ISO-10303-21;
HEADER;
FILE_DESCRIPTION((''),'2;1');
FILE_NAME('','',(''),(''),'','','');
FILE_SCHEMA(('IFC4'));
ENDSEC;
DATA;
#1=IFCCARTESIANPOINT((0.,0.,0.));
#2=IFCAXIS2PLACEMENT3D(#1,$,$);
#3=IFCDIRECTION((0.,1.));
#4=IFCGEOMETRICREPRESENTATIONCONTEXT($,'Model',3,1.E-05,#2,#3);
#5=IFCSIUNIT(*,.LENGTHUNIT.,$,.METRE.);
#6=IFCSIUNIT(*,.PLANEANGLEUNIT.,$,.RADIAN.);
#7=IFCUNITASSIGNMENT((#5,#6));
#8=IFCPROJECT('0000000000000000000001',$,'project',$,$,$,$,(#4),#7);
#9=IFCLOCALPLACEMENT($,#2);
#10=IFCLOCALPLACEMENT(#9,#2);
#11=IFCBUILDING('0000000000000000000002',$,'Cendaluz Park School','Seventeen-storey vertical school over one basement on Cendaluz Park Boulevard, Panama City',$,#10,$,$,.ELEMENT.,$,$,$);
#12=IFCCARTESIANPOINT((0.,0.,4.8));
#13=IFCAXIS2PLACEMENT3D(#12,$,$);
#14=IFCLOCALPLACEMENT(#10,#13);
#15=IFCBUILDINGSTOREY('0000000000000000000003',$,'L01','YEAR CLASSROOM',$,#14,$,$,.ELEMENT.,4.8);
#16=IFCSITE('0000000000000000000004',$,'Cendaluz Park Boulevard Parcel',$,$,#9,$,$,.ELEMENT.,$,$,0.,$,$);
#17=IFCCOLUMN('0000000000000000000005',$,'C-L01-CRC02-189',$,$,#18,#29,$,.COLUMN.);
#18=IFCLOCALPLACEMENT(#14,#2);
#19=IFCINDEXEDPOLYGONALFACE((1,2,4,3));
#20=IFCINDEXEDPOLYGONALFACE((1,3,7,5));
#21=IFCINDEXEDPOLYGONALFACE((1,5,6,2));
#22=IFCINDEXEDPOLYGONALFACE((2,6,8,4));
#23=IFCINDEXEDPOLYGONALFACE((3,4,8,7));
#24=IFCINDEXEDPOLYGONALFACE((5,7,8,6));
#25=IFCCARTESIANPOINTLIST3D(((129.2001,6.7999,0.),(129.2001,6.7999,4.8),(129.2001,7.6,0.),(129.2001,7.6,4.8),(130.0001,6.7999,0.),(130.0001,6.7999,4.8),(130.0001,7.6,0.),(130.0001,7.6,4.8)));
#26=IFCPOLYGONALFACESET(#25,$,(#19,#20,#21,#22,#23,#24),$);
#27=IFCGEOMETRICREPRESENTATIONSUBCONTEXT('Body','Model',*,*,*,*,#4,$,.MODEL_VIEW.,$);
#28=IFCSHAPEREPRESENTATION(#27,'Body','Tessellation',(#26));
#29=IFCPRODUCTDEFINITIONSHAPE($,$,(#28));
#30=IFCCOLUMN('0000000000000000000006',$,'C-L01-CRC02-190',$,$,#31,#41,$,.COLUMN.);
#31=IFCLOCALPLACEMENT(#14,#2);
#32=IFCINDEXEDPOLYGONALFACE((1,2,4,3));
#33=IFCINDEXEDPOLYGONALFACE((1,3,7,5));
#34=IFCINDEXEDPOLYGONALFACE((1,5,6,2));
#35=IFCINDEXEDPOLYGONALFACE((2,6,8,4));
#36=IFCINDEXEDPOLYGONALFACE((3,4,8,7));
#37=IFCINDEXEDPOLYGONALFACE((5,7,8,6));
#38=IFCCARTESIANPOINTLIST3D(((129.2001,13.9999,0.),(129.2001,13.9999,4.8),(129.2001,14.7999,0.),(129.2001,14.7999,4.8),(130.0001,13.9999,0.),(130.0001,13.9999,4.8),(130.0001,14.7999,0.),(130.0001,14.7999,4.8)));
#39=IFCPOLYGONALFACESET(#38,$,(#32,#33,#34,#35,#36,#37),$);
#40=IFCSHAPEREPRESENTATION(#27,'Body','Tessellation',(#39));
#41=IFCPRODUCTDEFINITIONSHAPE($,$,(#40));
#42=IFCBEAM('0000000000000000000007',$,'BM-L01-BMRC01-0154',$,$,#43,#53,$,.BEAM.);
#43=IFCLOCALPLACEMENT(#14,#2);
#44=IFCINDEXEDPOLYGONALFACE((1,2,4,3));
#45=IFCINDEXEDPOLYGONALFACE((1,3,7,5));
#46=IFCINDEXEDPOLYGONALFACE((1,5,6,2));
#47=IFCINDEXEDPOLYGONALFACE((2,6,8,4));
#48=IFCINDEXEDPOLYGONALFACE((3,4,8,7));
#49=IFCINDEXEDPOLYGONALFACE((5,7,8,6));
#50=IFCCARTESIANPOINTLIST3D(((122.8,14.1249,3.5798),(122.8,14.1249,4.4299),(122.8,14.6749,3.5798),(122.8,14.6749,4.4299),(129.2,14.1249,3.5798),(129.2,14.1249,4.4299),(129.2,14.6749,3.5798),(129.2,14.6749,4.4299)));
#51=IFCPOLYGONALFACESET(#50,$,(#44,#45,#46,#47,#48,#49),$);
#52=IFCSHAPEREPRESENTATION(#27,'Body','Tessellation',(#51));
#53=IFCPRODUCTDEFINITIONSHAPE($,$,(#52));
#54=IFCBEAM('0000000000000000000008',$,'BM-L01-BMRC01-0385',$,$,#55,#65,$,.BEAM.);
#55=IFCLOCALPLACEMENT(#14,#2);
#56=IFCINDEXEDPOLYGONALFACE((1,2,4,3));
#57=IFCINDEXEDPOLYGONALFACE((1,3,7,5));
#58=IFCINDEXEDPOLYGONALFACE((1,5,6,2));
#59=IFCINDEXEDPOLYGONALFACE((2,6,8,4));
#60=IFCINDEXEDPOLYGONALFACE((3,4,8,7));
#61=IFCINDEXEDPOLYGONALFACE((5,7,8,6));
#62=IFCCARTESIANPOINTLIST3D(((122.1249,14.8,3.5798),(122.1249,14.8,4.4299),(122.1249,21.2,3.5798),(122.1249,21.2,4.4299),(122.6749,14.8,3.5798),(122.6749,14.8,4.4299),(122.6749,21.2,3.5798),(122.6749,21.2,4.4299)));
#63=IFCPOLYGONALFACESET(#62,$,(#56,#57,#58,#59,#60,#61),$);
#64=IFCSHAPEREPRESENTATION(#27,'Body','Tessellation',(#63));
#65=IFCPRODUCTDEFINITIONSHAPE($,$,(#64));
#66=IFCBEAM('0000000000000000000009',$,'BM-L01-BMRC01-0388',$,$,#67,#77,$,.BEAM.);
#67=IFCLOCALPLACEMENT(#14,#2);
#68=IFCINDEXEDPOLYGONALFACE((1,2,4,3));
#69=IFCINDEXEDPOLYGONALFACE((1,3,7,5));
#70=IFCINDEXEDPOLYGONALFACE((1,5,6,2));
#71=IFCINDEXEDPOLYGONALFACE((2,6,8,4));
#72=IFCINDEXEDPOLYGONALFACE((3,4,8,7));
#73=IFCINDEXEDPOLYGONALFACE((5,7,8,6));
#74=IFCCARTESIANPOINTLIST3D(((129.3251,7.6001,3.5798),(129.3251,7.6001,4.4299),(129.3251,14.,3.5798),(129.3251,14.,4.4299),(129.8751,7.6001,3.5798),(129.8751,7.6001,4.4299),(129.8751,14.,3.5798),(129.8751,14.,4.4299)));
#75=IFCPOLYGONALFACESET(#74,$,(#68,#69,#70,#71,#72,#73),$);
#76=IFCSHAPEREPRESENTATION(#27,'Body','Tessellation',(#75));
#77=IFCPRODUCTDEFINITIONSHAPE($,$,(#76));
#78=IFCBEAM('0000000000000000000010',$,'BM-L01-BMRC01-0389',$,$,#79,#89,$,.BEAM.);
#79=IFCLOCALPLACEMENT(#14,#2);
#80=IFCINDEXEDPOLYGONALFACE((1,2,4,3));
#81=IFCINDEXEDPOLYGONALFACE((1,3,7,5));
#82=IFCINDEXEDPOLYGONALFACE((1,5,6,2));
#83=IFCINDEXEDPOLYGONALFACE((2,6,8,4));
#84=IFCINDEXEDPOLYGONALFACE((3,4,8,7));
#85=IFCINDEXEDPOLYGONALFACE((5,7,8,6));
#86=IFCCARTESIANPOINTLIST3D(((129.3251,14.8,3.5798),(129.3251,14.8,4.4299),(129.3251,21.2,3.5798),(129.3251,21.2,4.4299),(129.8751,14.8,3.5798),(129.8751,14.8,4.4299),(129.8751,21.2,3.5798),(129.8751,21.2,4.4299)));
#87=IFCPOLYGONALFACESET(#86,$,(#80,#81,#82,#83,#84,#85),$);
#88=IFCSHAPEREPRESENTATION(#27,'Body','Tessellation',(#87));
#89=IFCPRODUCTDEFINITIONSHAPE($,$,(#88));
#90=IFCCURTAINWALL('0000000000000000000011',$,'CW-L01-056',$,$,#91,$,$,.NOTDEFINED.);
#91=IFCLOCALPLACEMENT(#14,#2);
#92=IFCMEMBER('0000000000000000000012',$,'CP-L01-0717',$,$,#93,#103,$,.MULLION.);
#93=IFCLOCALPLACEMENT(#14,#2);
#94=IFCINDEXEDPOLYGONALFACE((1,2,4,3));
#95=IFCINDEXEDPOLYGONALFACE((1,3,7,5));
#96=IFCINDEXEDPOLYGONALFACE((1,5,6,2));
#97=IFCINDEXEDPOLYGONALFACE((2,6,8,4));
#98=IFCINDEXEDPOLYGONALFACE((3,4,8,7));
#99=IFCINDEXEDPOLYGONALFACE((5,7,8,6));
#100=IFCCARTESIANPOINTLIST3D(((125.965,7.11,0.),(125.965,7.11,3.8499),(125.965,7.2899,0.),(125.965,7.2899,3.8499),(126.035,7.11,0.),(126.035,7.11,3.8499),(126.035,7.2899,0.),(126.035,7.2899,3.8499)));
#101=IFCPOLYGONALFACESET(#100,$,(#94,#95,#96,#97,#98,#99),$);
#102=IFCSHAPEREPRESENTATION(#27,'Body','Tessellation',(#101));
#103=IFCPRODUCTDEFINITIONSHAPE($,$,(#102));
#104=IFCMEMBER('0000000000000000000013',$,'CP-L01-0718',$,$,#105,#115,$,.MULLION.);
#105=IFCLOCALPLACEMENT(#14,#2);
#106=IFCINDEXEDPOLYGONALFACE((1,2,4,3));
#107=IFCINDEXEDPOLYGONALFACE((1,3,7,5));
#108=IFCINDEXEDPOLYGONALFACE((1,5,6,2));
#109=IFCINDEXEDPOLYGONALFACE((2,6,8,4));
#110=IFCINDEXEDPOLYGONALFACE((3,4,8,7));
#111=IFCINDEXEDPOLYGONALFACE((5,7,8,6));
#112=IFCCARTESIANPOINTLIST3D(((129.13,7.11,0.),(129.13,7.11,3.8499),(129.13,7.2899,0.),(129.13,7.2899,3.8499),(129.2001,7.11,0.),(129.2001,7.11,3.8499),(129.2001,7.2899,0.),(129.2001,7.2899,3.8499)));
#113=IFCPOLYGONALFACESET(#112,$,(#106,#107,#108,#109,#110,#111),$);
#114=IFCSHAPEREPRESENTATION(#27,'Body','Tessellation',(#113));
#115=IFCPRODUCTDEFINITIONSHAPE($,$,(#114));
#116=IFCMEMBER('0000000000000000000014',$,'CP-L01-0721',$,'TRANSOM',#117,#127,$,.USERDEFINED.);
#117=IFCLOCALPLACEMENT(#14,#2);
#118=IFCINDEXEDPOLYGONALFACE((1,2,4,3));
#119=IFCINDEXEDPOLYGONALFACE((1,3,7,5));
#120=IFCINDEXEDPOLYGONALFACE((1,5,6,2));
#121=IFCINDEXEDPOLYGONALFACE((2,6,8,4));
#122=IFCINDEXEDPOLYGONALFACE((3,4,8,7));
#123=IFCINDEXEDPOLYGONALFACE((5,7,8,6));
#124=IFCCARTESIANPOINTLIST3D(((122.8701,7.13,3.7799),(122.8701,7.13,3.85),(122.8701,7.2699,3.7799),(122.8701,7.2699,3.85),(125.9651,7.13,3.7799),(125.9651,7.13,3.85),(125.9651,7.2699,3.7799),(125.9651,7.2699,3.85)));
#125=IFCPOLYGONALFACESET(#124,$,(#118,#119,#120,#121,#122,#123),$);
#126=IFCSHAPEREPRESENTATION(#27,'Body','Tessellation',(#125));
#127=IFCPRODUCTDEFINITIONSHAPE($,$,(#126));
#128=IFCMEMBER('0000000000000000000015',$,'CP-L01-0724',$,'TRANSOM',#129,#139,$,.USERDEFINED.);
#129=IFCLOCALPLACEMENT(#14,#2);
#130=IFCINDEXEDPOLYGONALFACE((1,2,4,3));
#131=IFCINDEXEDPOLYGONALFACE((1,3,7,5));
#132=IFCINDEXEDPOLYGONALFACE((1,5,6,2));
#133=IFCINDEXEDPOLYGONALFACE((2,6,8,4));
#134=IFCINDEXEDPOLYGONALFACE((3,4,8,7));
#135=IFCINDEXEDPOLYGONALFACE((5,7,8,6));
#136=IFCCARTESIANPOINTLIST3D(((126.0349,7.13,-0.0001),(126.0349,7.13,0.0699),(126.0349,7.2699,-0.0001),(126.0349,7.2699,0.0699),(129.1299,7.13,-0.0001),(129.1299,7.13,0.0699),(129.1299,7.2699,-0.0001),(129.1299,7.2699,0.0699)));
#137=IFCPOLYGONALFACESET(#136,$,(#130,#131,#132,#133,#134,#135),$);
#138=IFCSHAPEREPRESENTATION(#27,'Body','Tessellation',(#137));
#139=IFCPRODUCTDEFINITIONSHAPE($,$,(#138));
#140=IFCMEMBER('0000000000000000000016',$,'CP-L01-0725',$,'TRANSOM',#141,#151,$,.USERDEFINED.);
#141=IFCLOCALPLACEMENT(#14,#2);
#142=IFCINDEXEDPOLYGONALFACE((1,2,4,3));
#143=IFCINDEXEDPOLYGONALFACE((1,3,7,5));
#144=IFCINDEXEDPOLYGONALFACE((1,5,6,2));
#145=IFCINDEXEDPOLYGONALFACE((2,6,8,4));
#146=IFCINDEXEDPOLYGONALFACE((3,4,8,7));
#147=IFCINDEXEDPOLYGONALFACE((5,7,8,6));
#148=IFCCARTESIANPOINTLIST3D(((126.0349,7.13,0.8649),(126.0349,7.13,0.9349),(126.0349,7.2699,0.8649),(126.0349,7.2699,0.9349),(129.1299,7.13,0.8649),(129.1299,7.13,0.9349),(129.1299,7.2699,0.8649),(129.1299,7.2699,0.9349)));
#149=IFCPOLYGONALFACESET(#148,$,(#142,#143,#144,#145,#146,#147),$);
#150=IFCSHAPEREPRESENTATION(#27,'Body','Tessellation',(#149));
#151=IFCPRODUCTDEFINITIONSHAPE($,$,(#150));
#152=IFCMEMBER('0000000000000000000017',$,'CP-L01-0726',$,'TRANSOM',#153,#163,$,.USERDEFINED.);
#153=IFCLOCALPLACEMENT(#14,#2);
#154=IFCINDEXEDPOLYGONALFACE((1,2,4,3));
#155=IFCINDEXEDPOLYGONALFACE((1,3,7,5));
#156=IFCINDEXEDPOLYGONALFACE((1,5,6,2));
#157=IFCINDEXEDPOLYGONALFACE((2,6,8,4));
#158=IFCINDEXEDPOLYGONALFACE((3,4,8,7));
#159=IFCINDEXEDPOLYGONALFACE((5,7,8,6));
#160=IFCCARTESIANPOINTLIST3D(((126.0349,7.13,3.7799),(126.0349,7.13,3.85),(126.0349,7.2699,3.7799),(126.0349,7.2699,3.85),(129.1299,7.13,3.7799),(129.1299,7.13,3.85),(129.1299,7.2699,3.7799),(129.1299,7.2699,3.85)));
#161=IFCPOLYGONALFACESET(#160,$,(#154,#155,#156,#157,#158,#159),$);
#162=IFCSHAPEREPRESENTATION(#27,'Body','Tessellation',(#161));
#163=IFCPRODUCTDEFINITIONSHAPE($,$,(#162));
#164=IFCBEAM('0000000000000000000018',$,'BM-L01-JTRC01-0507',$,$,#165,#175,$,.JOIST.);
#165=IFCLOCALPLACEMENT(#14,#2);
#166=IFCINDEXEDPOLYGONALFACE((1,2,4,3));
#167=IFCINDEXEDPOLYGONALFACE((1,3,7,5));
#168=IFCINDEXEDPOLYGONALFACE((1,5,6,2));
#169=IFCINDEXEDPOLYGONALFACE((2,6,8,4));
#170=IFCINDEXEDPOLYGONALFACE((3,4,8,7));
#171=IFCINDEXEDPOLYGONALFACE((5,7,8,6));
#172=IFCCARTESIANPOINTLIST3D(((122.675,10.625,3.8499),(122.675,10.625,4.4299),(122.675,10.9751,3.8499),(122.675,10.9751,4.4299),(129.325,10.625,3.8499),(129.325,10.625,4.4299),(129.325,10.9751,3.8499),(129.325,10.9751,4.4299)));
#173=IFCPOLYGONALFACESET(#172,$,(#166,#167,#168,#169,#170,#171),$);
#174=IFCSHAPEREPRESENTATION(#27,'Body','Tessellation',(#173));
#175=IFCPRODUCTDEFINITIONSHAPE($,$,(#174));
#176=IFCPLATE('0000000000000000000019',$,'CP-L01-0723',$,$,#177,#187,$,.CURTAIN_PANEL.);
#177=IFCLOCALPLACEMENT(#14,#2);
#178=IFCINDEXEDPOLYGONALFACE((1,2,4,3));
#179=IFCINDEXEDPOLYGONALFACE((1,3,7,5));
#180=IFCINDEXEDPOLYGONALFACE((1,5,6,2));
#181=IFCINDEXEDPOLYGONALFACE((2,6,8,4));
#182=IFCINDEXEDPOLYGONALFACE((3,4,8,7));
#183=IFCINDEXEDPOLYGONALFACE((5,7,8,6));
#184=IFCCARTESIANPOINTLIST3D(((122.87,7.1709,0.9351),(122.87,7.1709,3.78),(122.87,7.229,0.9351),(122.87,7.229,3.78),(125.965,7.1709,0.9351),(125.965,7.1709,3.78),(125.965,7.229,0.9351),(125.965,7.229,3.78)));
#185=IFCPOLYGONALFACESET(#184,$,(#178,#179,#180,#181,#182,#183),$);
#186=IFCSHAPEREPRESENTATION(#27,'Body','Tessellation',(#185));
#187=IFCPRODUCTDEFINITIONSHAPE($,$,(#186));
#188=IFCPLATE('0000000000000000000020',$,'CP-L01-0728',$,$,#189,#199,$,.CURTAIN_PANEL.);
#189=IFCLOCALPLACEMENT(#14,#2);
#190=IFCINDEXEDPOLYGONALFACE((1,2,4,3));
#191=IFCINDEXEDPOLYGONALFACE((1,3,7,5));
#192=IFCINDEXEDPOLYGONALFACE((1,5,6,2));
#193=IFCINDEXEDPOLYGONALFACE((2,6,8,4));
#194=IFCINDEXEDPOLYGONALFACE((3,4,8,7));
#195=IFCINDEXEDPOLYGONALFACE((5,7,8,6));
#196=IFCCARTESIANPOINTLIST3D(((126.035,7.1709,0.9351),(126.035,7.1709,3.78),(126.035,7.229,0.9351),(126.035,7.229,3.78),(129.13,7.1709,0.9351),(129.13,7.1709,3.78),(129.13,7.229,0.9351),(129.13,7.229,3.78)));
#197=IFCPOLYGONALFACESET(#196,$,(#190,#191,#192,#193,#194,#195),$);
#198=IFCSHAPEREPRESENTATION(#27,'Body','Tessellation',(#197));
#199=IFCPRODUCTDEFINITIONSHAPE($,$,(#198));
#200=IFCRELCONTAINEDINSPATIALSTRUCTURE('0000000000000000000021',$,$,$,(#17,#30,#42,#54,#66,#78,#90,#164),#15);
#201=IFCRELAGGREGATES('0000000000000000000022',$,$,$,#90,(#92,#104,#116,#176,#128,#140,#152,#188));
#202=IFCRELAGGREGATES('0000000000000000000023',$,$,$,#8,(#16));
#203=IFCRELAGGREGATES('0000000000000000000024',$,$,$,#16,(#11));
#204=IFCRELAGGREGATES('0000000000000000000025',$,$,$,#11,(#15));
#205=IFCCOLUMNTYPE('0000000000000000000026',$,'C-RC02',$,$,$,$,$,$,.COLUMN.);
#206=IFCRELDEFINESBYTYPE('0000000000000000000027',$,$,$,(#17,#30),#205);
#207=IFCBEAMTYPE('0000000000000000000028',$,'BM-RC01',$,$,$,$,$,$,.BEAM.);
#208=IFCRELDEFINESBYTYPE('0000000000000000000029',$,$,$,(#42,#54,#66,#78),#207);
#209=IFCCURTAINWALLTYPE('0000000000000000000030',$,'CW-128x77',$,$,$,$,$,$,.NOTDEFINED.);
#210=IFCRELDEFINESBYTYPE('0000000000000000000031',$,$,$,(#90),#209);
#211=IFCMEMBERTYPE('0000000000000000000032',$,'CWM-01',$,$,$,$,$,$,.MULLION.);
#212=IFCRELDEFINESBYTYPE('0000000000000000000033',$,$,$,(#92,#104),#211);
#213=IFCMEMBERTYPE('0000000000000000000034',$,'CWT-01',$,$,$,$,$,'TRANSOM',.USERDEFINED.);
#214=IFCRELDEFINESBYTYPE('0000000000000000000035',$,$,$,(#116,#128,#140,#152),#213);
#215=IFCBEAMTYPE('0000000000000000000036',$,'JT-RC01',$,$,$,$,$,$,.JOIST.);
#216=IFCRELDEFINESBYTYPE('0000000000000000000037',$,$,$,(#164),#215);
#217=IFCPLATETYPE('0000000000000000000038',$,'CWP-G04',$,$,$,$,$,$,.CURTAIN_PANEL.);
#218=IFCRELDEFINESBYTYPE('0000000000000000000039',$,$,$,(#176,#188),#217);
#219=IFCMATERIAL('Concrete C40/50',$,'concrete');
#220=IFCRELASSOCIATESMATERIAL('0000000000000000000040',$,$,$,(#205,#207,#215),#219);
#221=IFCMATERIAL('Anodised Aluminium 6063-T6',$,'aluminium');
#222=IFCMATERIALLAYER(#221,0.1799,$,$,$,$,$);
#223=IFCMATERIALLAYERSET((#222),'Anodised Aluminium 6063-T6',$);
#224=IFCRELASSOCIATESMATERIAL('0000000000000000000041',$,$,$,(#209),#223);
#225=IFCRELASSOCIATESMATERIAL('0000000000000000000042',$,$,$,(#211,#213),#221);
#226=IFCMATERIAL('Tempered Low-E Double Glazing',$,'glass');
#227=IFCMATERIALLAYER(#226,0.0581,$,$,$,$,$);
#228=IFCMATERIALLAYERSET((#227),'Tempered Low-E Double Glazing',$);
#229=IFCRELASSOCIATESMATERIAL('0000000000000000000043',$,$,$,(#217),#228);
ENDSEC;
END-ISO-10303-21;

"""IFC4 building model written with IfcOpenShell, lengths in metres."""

from ifc_helpers import new_model, si_unit, direction, frame, origin, origin_2d, place, context, subcontext, project, spatial, rectangle, extrude, material, layer, layer_set, material_profile, profile_set, type_object, element, aggregate, save


model = new_model("IFC4")

# Units and contexts
model_context = context("Model", 3, precision=1e-05, world=origin(), true_north=direction((0.0, 1.0)))
body_context = subcontext(model_context, "Body", "Model", "MODEL_VIEW")
ifc_project = project(units=[si_unit("LENGTHUNIT", "METRE"), si_unit("PLANEANGLEUNIT", "RADIAN")], contexts=[model_context])

# Site, building, storey
site_placement = place(None, origin())
site = spatial("IfcSite", under=ifc_project, at=site_placement, Name="Cendaluz Park Boulevard Parcel", CompositionType="ELEMENT", RefElevation=0.0)
building_placement = place(site_placement, origin())
building = spatial("IfcBuilding", under=site, at=building_placement, Name="Cendaluz Park School", Description="Seventeen-storey vertical school over one basement on Cendaluz Park Boulevard, Panama City", CompositionType="ELEMENT")
storey_placement = place(building_placement, frame((0.0, 0.0, 4.8)))
storey = spatial("IfcBuildingStorey", under=building, at=storey_placement, Name="L01", Description="YEAR CLASSROOM", CompositionType="ELEMENT", Elevation=4.8)

# Columns
ifc_material_1 = material(Name="Concrete C40/50", Category="concrete")
ifc_material_profile_1 = material_profile(ifc_material_1, rectangle(XDim=0.8, YDim=0.8, at=origin_2d()), Name="RC 800x800", Category="concrete")
ifc_profile_set_1 = profile_set([ifc_material_profile_1], Name="Concrete C40/50")
column_type = type_object("IfcColumnType", Name="C-RC02", PredefinedType="COLUMN", material=ifc_profile_set_1)
for number, where, z_axis, x_axis, name in (
    (1, (129.6001, 7.2, 0.0), (0.0, 0.0, 1.0), (1.0, 0.0, 0.0), "C-L01-CRC02-189"),
    (2, (129.6001, 14.3999, 0.0), (0.0, 0.0, 1.0), (1.0, 0.0, 0.0), "C-L01-CRC02-190"),
):
    element("IfcColumn", number, at=place(storey_placement, frame(where, z_axis=z_axis, x_axis=x_axis)), inside=storey, type_object=column_type, Name=name, PredefinedType="COLUMN", context=body_context, shape_type="SweptSolid", body=[
        extrude(rectangle(XDim=0.8, YDim=0.8, at=origin_2d()), origin(), (0.0, 0.0, 1.0), 4.8),
    ])

# Beams
ifc_material_profile_2 = material_profile(ifc_material_1, rectangle(XDim=0.55, YDim=0.8501, at=origin_2d()), Name="RC 550x850", Category="concrete")
ifc_profile_set_2 = profile_set([ifc_material_profile_2], Name="Concrete C40/50")
beam_type_1 = type_object("IfcBeamType", Name="BM-RC01", PredefinedType="BEAM", material=ifc_profile_set_2)
for number, where, z_axis, x_axis, name in (
    (3, (122.8, 14.3999, 4.0049), (1.0, 0.0, 0.0), (0.0, 1.0, 0.0), "BM-L01-BMRC01-0154"),
    (4, (122.3999, 14.8, 4.0049), (0.0, 1.0, 0.0), (-1.0, 0.0, 0.0), "BM-L01-BMRC01-0385"),
    (5, (129.6001, 7.6001, 4.0049), (0.0, 1.0, 0.0), (-1.0, 0.0, 0.0), "BM-L01-BMRC01-0388"),
    (6, (129.6001, 14.8, 4.0049), (0.0, 1.0, 0.0), (-1.0, 0.0, 0.0), "BM-L01-BMRC01-0389"),
):
    element("IfcBeam", number, at=place(storey_placement, frame(where, z_axis=z_axis, x_axis=x_axis)), inside=storey, type_object=beam_type_1, Name=name, PredefinedType="BEAM", context=body_context, shape_type="SweptSolid", body=[
        extrude(rectangle(XDim=0.55, YDim=0.8501, at=origin_2d()), origin(), (0.0, 0.0, 1.0), 6.3999),
    ])

# Curtain wall, members
ifc_material_2 = material(Name="Anodised Aluminium 6063-T6", Category="aluminium")
ifc_layer_1 = layer(ifc_material_2, 0.1799)
ifc_layer_set_1 = layer_set([ifc_layer_1], Name="Anodised Aluminium 6063-T6")
curtain_wall_type = type_object("IfcCurtainWallType", Name="CW-128x77", PredefinedType="NOTDEFINED", material=ifc_layer_set_1)
curtain_wall_placement = place(storey_placement, origin())
curtain_wall = element("IfcCurtainWall", 7, at=curtain_wall_placement, inside=storey, type_object=curtain_wall_type, Name="CW-L01-056", PredefinedType="NOTDEFINED")
ifc_material_profile_3 = material_profile(ifc_material_2, rectangle(XDim=0.1799, YDim=0.0701, at=origin_2d()), Name="CWM 180x70", Category="aluminium")
ifc_profile_set_3 = profile_set([ifc_material_profile_3], Name="Anodised Aluminium 6063-T6")
member_type_1 = type_object("IfcMemberType", Name="CWM-01", PredefinedType="MULLION", material=ifc_profile_set_3)
member_1_placement = place(storey_placement, frame((126.0, 7.2, 0.0), z_axis=(0.0, 0.0, 1.0), x_axis=(0.0, 1.0, 0.0)))
member_1 = element("IfcMember", 8, at=member_1_placement, type_object=member_type_1, Name="CP-L01-0717", PredefinedType="MULLION", context=body_context, shape_type="SweptSolid", body=[
    extrude(rectangle(XDim=0.1799, YDim=0.0701, at=origin_2d()), origin(), (0.0, 0.0, 1.0), 3.8499),
])
member_2_placement = place(storey_placement, frame((129.165, 7.2, 0.0), z_axis=(0.0, 0.0, 1.0), x_axis=(0.0, 1.0, 0.0)))
member_2 = element("IfcMember", 9, at=member_2_placement, type_object=member_type_1, Name="CP-L01-0718", PredefinedType="MULLION", context=body_context, shape_type="SweptSolid", body=[
    extrude(rectangle(XDim=0.1799, YDim=0.0701, at=origin_2d()), origin(), (0.0, 0.0, 1.0), 3.8499),
])
ifc_material_profile_4 = material_profile(ifc_material_2, rectangle(XDim=0.1399, YDim=0.0701, at=origin_2d()), Name="CWT 140x70", Category="aluminium")
ifc_profile_set_4 = profile_set([ifc_material_profile_4], Name="Anodised Aluminium 6063-T6")
member_type_2 = type_object("IfcMemberType", Name="CWT-01", ElementType="TRANSOM", PredefinedType="USERDEFINED", material=ifc_profile_set_4)
member_3_placement = place(storey_placement, frame((122.8701, 7.2, 3.8149), z_axis=(1.0, 0.0, 0.0), x_axis=(0.0, 1.0, 0.0)))
member_3 = element("IfcMember", 10, at=member_3_placement, type_object=member_type_2, Name="CP-L01-0721", ObjectType="TRANSOM", PredefinedType="USERDEFINED", context=body_context, shape_type="SweptSolid", body=[
    extrude(rectangle(XDim=0.1399, YDim=0.0701, at=origin_2d()), origin(), (0.0, 0.0, 1.0), 3.095),
])
member_4_placement = place(storey_placement, frame((126.0349, 7.2, 0.0349), z_axis=(1.0, 0.0, 0.0), x_axis=(0.0, 1.0, 0.0)))
member_4 = element("IfcMember", 11, at=member_4_placement, type_object=member_type_2, Name="CP-L01-0724", ObjectType="TRANSOM", PredefinedType="USERDEFINED", context=body_context, shape_type="SweptSolid", body=[
    extrude(rectangle(XDim=0.1399, YDim=0.0701, at=origin_2d()), origin(), (0.0, 0.0, 1.0), 3.095),
])
member_5_placement = place(storey_placement, frame((126.0349, 7.2, 0.8999), z_axis=(1.0, 0.0, 0.0), x_axis=(0.0, 1.0, 0.0)))
member_5 = element("IfcMember", 12, at=member_5_placement, type_object=member_type_2, Name="CP-L01-0725", ObjectType="TRANSOM", PredefinedType="USERDEFINED", context=body_context, shape_type="SweptSolid", body=[
    extrude(rectangle(XDim=0.1399, YDim=0.0701, at=origin_2d()), origin(), (0.0, 0.0, 1.0), 3.095),
])
member_6_placement = place(storey_placement, frame((126.0349, 7.2, 3.8149), z_axis=(1.0, 0.0, 0.0), x_axis=(0.0, 1.0, 0.0)))
member_6 = element("IfcMember", 13, at=member_6_placement, type_object=member_type_2, Name="CP-L01-0726", ObjectType="TRANSOM", PredefinedType="USERDEFINED", context=body_context, shape_type="SweptSolid", body=[
    extrude(rectangle(XDim=0.1399, YDim=0.0701, at=origin_2d()), origin(), (0.0, 0.0, 1.0), 3.095),
])

# Beam
ifc_material_profile_5 = material_profile(ifc_material_1, rectangle(XDim=0.3501, YDim=0.5801, at=origin_2d()), Name="RC 350x580", Category="concrete")
ifc_profile_set_5 = profile_set([ifc_material_profile_5], Name="Concrete C40/50")
beam_type_2 = type_object("IfcBeamType", Name="JT-RC01", PredefinedType="JOIST", material=ifc_profile_set_5)
beam_placement = place(storey_placement, frame((122.675, 10.8, 4.1399), z_axis=(1.0, 0.0, 0.0), x_axis=(0.0, 1.0, 0.0)))
element("IfcBeam", 14, at=beam_placement, inside=storey, type_object=beam_type_2, Name="BM-L01-JTRC01-0507", PredefinedType="JOIST", context=body_context, shape_type="SweptSolid", body=[
    extrude(rectangle(XDim=0.3501, YDim=0.5801, at=origin_2d()), origin(), (0.0, 0.0, 1.0), 6.6499),
])

# Plates
ifc_material_3 = material(Name="Tempered Low-E Double Glazing", Category="glass")
ifc_layer_2 = layer(ifc_material_3, 0.0581)
ifc_layer_set_2 = layer_set([ifc_layer_2], Name="Tempered Low-E Double Glazing")
plate_type_1 = type_object("IfcPlateType", Name="CWP-G04", PredefinedType="CURTAIN_PANEL", material=ifc_layer_set_2)
plate_1_placement = place(storey_placement, frame((124.4175, 7.2, 0.9351), z_axis=(0.0, 0.0, 1.0), x_axis=(1.0, 0.0, 0.0)))
plate_1 = element("IfcPlate", 15, at=plate_1_placement, type_object=plate_type_1, Name="CP-L01-0723", PredefinedType="CURTAIN_PANEL", context=body_context, shape_type="SweptSolid", body=[
    extrude(rectangle(XDim=3.095, YDim=0.0581, at=origin_2d()), origin(), (0.0, 0.0, 1.0), 2.845),
])
plate_2_placement = place(storey_placement, frame((127.5825, 7.2, 0.9351), z_axis=(0.0, 0.0, 1.0), x_axis=(1.0, 0.0, 0.0)))
plate_2 = element("IfcPlate", 16, at=plate_2_placement, type_object=plate_type_1, Name="CP-L01-0728", PredefinedType="CURTAIN_PANEL", context=body_context, shape_type="SweptSolid", body=[
    extrude(rectangle(XDim=3.095, YDim=0.0581, at=origin_2d()), origin(), (0.0, 0.0, 1.0), 2.845),
])
aggregate(curtain_wall, [member_1, member_2, member_3, plate_1, member_4, member_5, member_6, plate_2])

save(model, "model.ifc")
